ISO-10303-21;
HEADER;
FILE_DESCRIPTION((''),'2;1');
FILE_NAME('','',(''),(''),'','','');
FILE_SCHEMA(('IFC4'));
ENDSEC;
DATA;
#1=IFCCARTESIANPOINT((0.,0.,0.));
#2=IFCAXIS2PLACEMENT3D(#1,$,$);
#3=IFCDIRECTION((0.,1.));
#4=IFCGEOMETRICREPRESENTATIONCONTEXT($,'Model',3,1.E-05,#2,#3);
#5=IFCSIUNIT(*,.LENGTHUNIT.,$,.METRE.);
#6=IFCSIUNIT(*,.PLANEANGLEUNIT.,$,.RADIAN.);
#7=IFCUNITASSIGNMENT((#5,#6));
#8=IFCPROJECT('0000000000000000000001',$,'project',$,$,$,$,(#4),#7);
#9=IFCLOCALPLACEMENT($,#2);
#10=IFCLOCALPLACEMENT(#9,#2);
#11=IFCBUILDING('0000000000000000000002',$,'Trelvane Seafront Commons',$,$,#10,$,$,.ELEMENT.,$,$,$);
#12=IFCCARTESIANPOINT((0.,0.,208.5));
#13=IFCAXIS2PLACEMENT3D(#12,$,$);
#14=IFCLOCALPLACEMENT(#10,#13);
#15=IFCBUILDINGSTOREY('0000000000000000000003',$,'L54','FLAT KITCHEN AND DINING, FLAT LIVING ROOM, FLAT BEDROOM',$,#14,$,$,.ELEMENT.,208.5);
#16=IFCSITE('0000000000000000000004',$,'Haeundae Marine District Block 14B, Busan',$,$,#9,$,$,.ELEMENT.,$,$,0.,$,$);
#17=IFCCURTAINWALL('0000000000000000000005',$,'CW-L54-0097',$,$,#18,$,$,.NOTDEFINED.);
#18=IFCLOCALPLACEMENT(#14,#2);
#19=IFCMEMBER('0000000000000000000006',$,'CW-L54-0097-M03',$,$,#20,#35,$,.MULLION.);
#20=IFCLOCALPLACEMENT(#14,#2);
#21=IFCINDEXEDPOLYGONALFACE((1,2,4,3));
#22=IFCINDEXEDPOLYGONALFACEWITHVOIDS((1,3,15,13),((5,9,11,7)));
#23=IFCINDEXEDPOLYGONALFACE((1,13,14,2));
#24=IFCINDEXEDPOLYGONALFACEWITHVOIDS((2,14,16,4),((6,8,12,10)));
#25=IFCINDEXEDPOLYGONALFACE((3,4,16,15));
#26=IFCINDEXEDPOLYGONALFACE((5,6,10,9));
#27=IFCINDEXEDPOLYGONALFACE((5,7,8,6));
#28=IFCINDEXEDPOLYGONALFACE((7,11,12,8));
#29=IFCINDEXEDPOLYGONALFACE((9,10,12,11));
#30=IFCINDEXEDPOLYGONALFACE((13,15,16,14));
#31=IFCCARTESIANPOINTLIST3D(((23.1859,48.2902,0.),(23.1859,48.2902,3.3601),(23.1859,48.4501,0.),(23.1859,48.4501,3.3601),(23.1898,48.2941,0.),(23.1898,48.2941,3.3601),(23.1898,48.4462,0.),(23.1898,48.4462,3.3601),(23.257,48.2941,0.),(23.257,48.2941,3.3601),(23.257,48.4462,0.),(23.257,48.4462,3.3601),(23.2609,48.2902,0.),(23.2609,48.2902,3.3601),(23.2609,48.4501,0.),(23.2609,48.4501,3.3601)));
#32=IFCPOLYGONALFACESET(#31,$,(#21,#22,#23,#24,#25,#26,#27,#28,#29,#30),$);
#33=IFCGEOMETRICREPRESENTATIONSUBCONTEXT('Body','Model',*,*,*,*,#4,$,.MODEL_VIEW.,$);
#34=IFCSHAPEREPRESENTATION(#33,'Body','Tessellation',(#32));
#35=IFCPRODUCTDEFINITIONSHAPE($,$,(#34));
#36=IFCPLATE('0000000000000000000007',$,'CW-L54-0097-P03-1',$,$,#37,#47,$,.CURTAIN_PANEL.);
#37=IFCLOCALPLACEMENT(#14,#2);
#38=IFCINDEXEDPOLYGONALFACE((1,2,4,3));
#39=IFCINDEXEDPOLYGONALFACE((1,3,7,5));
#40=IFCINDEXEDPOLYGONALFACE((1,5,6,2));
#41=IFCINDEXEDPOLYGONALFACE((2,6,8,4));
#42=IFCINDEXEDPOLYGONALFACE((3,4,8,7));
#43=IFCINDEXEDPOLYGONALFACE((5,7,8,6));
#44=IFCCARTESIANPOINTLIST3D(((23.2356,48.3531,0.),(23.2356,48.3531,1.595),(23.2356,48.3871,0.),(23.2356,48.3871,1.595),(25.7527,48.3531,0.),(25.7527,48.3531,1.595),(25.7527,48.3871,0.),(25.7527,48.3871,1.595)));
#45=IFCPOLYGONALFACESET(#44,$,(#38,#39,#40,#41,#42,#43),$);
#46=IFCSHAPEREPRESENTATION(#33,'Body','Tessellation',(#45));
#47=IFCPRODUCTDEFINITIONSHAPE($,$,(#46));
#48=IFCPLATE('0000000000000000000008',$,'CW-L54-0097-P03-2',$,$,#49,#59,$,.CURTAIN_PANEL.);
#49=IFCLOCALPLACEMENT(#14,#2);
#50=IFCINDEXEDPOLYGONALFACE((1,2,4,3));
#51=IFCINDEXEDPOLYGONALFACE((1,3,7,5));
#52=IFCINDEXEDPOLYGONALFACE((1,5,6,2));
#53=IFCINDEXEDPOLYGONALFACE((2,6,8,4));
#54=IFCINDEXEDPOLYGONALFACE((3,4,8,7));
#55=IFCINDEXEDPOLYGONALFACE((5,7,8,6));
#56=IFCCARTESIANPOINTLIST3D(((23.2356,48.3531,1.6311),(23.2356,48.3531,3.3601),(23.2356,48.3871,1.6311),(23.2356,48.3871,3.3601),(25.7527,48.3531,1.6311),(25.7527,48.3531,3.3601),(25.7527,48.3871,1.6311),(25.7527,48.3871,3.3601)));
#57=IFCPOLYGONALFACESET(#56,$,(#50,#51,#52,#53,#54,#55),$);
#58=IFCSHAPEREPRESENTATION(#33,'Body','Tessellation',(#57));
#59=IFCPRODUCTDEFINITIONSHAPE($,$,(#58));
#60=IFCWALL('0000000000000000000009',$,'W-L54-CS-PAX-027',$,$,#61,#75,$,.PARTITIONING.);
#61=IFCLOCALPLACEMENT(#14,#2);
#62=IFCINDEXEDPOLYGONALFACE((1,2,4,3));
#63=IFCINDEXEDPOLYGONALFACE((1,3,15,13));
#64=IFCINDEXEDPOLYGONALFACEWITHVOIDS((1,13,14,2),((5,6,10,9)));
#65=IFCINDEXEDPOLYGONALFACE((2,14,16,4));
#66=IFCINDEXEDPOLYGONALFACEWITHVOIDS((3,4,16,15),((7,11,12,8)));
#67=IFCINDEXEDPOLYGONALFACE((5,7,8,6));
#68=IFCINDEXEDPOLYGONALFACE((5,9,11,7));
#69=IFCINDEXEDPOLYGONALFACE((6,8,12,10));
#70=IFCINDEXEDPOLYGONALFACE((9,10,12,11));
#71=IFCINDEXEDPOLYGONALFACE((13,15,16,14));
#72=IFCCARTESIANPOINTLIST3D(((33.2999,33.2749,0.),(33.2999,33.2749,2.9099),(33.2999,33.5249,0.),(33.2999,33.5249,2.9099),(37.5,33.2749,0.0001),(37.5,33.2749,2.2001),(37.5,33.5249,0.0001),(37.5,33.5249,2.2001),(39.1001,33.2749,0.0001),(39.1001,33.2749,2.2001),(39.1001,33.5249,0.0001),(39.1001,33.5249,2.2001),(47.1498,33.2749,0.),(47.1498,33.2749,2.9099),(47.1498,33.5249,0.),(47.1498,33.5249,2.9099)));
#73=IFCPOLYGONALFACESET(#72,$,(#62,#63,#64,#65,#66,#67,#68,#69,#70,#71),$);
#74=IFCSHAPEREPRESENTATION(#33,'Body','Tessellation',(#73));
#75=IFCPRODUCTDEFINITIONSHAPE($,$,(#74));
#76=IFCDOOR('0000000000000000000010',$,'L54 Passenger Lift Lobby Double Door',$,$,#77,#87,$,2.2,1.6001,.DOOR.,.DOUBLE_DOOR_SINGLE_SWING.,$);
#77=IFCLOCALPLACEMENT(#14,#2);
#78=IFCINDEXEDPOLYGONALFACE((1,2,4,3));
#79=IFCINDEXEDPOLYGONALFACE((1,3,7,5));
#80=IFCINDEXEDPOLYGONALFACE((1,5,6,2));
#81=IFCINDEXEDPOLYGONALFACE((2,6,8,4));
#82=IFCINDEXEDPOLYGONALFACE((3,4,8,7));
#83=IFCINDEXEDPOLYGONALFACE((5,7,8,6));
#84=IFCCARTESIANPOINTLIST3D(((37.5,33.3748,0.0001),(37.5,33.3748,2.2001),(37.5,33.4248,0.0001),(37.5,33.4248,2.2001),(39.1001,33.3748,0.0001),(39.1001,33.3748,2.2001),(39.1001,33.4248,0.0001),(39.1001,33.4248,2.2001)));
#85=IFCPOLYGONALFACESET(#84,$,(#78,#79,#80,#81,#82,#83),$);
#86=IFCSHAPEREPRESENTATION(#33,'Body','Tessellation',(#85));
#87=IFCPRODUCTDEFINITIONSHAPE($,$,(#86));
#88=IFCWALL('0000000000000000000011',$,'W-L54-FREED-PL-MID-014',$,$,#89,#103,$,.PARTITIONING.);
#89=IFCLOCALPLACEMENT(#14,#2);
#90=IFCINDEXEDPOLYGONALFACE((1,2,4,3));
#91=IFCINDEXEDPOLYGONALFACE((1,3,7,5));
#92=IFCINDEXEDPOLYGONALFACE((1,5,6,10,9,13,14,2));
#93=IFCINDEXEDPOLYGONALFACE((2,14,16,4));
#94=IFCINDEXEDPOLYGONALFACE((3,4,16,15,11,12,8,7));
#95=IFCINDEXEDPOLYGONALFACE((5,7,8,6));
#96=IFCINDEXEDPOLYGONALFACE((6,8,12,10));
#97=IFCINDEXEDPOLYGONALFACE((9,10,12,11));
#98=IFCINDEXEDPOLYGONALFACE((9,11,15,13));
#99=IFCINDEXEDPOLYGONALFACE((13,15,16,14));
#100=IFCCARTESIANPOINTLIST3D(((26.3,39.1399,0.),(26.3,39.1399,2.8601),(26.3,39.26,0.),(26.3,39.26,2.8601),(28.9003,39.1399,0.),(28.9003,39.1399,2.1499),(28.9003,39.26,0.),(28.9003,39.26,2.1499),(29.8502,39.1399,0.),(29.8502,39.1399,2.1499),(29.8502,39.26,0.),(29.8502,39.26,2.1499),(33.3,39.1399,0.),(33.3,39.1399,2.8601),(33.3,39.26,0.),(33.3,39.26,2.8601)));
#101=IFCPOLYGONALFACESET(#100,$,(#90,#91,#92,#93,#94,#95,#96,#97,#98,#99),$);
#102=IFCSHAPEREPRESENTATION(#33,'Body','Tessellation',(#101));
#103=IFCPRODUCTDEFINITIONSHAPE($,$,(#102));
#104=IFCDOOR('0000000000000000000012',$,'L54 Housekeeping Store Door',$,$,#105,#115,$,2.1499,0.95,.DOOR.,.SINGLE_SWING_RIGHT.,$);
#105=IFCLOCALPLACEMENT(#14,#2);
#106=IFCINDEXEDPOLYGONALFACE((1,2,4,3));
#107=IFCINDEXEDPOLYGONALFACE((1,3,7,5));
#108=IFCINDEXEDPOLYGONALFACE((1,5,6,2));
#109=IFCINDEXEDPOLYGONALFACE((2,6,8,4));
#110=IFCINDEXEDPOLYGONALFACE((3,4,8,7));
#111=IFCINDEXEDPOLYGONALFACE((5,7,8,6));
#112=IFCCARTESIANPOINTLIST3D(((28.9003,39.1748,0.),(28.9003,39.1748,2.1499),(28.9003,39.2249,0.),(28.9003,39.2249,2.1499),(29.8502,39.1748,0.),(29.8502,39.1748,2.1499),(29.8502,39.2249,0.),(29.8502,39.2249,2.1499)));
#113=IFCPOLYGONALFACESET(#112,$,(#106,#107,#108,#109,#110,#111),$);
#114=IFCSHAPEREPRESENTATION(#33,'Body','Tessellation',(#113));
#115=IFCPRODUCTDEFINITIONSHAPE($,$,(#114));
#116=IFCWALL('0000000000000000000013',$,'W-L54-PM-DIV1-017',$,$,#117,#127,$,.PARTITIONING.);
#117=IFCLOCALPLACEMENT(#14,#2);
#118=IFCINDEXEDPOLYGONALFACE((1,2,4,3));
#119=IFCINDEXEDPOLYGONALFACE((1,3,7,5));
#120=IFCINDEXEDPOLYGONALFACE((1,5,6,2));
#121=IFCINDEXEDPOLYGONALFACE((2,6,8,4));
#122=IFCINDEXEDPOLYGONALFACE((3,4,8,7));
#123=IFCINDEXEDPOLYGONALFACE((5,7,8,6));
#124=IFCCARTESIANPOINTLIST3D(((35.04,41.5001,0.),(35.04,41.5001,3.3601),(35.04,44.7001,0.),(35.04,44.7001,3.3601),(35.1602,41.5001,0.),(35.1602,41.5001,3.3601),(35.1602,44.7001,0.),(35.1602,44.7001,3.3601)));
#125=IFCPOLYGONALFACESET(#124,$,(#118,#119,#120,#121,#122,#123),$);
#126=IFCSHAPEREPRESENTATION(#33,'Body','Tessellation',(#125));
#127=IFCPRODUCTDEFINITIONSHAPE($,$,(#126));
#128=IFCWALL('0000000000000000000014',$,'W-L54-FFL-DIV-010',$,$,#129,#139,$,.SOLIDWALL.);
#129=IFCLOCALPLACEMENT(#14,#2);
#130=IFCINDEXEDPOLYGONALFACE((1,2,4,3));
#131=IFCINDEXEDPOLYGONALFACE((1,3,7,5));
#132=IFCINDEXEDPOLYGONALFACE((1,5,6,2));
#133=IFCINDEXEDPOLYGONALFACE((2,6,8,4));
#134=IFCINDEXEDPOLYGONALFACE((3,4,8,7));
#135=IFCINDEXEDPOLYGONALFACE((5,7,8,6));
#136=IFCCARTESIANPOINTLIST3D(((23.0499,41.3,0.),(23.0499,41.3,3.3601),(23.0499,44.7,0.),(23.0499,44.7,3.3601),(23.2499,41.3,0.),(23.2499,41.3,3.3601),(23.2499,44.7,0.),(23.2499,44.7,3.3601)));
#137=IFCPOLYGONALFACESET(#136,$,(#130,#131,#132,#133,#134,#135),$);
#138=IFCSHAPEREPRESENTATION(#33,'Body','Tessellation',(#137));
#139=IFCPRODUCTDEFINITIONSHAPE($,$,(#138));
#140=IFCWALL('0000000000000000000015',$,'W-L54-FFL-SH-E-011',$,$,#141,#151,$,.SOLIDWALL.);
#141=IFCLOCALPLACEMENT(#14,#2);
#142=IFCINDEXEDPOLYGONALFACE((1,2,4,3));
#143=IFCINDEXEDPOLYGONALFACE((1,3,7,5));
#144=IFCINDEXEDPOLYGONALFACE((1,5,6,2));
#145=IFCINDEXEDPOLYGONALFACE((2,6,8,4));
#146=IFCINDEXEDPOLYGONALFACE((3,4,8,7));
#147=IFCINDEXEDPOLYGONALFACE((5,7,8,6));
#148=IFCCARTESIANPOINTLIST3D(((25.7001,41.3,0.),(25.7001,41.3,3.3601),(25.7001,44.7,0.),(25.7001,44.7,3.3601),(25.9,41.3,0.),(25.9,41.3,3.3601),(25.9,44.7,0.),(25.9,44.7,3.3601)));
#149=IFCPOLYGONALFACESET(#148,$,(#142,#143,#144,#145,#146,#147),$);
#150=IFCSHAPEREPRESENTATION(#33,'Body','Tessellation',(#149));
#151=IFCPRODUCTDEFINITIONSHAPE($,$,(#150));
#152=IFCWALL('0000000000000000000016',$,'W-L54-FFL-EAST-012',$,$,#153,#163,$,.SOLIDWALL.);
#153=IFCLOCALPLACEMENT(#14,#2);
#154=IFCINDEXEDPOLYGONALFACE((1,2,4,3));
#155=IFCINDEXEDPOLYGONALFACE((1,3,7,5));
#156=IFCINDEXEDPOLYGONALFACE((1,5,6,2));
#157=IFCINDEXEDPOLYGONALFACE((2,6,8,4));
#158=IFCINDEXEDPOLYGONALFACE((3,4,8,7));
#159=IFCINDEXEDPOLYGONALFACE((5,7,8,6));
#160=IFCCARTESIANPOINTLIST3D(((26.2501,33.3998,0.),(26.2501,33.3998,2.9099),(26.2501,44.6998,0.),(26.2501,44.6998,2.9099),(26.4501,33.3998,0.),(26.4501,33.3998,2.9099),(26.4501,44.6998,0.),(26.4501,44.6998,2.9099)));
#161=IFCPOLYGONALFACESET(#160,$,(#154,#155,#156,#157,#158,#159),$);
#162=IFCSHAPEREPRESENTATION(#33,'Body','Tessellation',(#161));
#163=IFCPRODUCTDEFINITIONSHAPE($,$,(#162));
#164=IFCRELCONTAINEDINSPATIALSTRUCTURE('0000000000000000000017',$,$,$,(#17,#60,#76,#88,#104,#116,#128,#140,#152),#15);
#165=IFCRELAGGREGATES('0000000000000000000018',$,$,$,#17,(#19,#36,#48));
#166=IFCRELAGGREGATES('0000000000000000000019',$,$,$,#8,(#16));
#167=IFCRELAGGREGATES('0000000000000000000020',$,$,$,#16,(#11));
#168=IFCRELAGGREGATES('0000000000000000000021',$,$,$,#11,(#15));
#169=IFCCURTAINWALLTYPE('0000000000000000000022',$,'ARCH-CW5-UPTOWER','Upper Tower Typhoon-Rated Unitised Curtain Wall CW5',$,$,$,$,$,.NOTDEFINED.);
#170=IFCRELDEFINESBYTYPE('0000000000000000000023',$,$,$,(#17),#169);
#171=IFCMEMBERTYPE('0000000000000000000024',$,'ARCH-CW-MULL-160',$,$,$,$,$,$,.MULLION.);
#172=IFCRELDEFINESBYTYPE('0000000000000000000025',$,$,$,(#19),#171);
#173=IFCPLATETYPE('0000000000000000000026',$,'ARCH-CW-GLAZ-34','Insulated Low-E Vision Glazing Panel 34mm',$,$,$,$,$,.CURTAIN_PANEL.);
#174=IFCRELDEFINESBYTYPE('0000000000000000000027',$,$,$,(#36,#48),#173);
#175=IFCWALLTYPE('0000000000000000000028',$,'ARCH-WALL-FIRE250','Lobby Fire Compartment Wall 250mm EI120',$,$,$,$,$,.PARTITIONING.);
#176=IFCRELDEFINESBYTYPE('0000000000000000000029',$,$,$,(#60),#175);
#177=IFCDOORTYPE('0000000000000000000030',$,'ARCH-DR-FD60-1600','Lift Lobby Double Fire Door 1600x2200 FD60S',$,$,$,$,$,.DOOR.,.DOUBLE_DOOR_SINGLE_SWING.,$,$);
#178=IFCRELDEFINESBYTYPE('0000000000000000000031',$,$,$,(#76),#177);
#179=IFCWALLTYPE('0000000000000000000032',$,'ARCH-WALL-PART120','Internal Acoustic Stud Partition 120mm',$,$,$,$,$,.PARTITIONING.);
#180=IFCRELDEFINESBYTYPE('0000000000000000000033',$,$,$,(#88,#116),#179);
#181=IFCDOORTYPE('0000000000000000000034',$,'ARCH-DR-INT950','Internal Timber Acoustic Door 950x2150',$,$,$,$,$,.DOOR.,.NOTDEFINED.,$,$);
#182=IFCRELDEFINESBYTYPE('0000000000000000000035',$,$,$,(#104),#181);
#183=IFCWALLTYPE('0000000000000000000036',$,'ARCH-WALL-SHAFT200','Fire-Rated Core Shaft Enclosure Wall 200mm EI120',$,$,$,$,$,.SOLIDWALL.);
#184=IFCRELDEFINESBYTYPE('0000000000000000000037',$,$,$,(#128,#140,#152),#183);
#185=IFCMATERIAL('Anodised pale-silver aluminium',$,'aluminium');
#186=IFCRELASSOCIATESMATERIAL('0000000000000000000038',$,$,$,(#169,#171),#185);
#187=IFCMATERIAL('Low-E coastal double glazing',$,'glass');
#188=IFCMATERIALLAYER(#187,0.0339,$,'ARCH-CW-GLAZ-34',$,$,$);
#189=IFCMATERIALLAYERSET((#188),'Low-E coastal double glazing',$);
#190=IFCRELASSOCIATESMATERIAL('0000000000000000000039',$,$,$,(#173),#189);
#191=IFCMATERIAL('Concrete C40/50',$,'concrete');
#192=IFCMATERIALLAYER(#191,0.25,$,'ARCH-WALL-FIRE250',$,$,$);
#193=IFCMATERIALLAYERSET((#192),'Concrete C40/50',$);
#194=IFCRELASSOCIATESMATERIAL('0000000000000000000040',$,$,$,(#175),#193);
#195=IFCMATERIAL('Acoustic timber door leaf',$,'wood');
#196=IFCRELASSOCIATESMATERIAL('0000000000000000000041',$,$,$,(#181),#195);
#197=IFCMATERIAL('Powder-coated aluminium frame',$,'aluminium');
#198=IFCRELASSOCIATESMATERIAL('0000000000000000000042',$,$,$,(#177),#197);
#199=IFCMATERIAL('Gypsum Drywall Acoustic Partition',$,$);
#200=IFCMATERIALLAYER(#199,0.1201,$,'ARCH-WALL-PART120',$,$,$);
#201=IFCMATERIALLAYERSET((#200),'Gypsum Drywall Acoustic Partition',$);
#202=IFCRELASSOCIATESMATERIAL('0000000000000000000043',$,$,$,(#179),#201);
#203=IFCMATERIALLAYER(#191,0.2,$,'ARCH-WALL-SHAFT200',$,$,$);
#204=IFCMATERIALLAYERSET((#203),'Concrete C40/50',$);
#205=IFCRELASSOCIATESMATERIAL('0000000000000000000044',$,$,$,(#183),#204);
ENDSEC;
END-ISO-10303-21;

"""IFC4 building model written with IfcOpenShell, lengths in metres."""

from ifc_helpers import new_model, si_unit, direction, frame, frame_2d, origin, origin_2d, place, context, subcontext, project, spatial, rectangle, hollow_rectangle, extrude, source, transform, mapped, material, layer, layer_set, material_profile, profile_set, type_object, element, fill, aggregate, save


model = new_model("IFC4")

# Units and contexts
model_context = context("Model", 3, precision=1e-05, world=origin(), true_north=direction((0.0, 1.0)))
body_context = subcontext(model_context, "Body", "Model", "MODEL_VIEW")
ifc_project = project(units=[si_unit("LENGTHUNIT", "METRE"), si_unit("PLANEANGLEUNIT", "RADIAN")], contexts=[model_context])

# Site, building, storey
site_placement = place(None, origin())
site = spatial("IfcSite", under=ifc_project, at=site_placement, Name="Haeundae Marine District Block 14B, Busan", CompositionType="ELEMENT", RefElevation=0.0)
building_placement = place(site_placement, origin())
building = spatial("IfcBuilding", under=site, at=building_placement, Name="Trelvane Seafront Commons", CompositionType="ELEMENT")
storey_placement = place(building_placement, frame((0.0, 0.0, 208.5)))
storey = spatial("IfcBuildingStorey", under=building, at=storey_placement, Name="L54", Description="FLAT KITCHEN AND DINING, FLAT LIVING ROOM, FLAT BEDROOM", CompositionType="ELEMENT", Elevation=208.5)

# Curtain wall, member, plates
ifc_material_1 = material(Name="Anodised pale-silver aluminium", Category="aluminium")
curtain_wall_type = type_object("IfcCurtainWallType", Name="ARCH-CW5-UPTOWER", Description="Upper Tower Typhoon-Rated Unitised Curtain Wall CW5", PredefinedType="NOTDEFINED", material=ifc_material_1)
curtain_wall_placement = place(storey_placement, origin())
curtain_wall = element("IfcCurtainWall", 1, at=curtain_wall_placement, inside=storey, type_object=curtain_wall_type, Name="CW-L54-0097", PredefinedType="NOTDEFINED")
ifc_material_profile_1 = material_profile(ifc_material_1, hollow_rectangle(XDim=0.075, YDim=0.1599, WallThickness=0.0039, at=origin_2d()), Name="MULL-75x160x4")
ifc_profile_set_1 = profile_set([ifc_material_profile_1], Name="Anodised pale-silver aluminium")
member_type_1 = type_object("IfcMemberType", Name="ARCH-CW-MULL-160", PredefinedType="MULLION", material=ifc_profile_set_1)
shared_shape_1 = source(origin(), body_context, "Body", "SweptSolid", [
    extrude(hollow_rectangle(XDim=0.075, YDim=0.1599, WallThickness=0.0039, at=origin_2d()), origin(), (0.0, 0.0, 1.0), 3.3601),
])
member_1_placement = place(storey_placement, frame((23.2234, 48.3701, 0.0), z_axis=(0.0, 0.0, 1.0), x_axis=(1.0, 0.0, 0.0)))
member_1 = element("IfcMember", 2, at=member_1_placement, type_object=member_type_1, Name="CW-L54-0097-M03", PredefinedType="MULLION", context=body_context, shape_type="MappedRepresentation", body=[
    mapped(shared_shape_1, transform((0.0, 0.0, 0.0), x_axis=(1.0, 0.0, 0.0), y_axis=(0.0, 1.0, 0.0), z_axis=(0.0, 0.0, 1.0), scale=1.0)),
])
ifc_material_2 = material(Name="Low-E coastal double glazing", Category="glass")
ifc_layer_1 = layer(ifc_material_2, 0.0339, Name="ARCH-CW-GLAZ-34")
ifc_layer_set_1 = layer_set([ifc_layer_1], Name="Low-E coastal double glazing")
plate_type = type_object("IfcPlateType", Name="ARCH-CW-GLAZ-34", Description="Insulated Low-E Vision Glazing Panel 34mm", PredefinedType="CURTAIN_PANEL", material=ifc_layer_set_1)
shared_shape_2 = source(origin(), body_context, "Body", "SweptSolid", [
    extrude(rectangle(XDim=2.5171, YDim=0.0339, at=origin_2d()), origin(), (0.0, 0.0, 1.0), 1.595),
])
plate_1_placement = place(storey_placement, frame((24.4941, 48.3701, 0.0), z_axis=(0.0, 0.0, 1.0), x_axis=(1.0, 0.0, 0.0)))
plate_1 = element("IfcPlate", 3, at=plate_1_placement, type_object=plate_type, Name="CW-L54-0097-P03-1", PredefinedType="CURTAIN_PANEL", context=body_context, shape_type="MappedRepresentation", body=[
    mapped(shared_shape_2, transform((0.0, 0.0, 0.0), x_axis=(1.0, 0.0, 0.0), y_axis=(0.0, 1.0, 0.0), z_axis=(0.0, 0.0, 1.0), scale=1.0)),
])
shared_shape_3 = source(origin(), body_context, "Body", "SweptSolid", [
    extrude(rectangle(XDim=2.5171, YDim=0.0339, at=origin_2d()), origin(), (0.0, 0.0, 1.0), 1.729),
])
plate_2_placement = place(storey_placement, frame((24.4941, 48.3701, 1.6311), z_axis=(0.0, 0.0, 1.0), x_axis=(1.0, 0.0, 0.0)))
plate_2 = element("IfcPlate", 4, at=plate_2_placement, type_object=plate_type, Name="CW-L54-0097-P03-2", PredefinedType="CURTAIN_PANEL", context=body_context, shape_type="MappedRepresentation", body=[
    mapped(shared_shape_3, transform((0.0, 0.0, 0.0), x_axis=(1.0, 0.0, 0.0), y_axis=(0.0, 1.0, 0.0), z_axis=(0.0, 0.0, 1.0), scale=1.0)),
])
aggregate(curtain_wall, [member_1, plate_1, plate_2])

# Walls, openings, doors
ifc_material_3 = material(Name="Concrete C40/50", Category="concrete")
ifc_layer_2 = layer(ifc_material_3, 0.25, Name="ARCH-WALL-FIRE250")
ifc_layer_set_2 = layer_set([ifc_layer_2], Name="Concrete C40/50")
wall_type_1 = type_object("IfcWallType", Name="ARCH-WALL-FIRE250", Description="Lobby Fire Compartment Wall 250mm EI120", PredefinedType="PARTITIONING", material=ifc_layer_set_2)
ifc_material_4 = material(Name="Acoustic timber door leaf", Category="wood")
door_type_1 = type_object("IfcDoorType", Name="ARCH-DR-INT950", Description="Internal Timber Acoustic Door 950x2150", OperationType="NOTDEFINED", PredefinedType="DOOR", material=ifc_material_4)
shared_shape_4 = source(origin(), body_context, "Body", "SweptSolid", [
    extrude(rectangle(XDim=0.95, YDim=2.1499, at=frame_2d((0.4751, 1.075))), frame((0.0, 0.0249, 0.0), z_axis=(0.0, -1.0, 0.0), x_axis=(1.0, 0.0, 0.0)), (0.0, 0.0, 1.0), 0.05),
])
wall_1_placement = place(storey_placement, frame((33.3, 33.3999, 0.0), z_axis=(0.0, 0.0, 1.0), x_axis=(1.0, 0.0, 0.0)))
wall_1 = element("IfcWall", 5, at=wall_1_placement, inside=storey, type_object=wall_type_1, Name="W-L54-CS-PAX-027", PredefinedType="PARTITIONING", context=body_context, shape_type="SweptSolid", body=[
    extrude(rectangle(XDim=13.8499, YDim=0.25, at=frame_2d((6.9248, 0.0))), origin(), (0.0, 0.0, 1.0), 2.9099),
])
opening_1_placement = place(wall_1_placement, frame((4.2, 0.0, 0.0)))
opening_1 = element("IfcOpeningElement", 6, at=opening_1_placement, cuts=wall_1, PredefinedType="OPENING", context=body_context, shape_type="SweptSolid", body=[
    extrude(rectangle(XDim=1.6001, YDim=2.2, at=frame_2d((0.8, 1.1001))), frame((0.0, 0.135, 0.0), z_axis=(0.0, -1.0, 0.0), x_axis=(1.0, 0.0, 0.0)), (0.0, 0.0, 1.0), 0.27),
])
ifc_material_5 = material(Name="Powder-coated aluminium frame", Category="aluminium")
door_type_2 = type_object("IfcDoorType", Name="ARCH-DR-FD60-1600", Description="Lift Lobby Double Fire Door 1600x2200 FD60S", OperationType="DOUBLE_DOOR_SINGLE_SWING", PredefinedType="DOOR", material=ifc_material_5)
shared_shape_5 = source(origin(), body_context, "Body", "SweptSolid", [
    extrude(rectangle(XDim=1.6001, YDim=2.2, at=frame_2d((0.8, 1.1001))), frame((0.0, 0.0249, 0.0), z_axis=(0.0, -1.0, 0.0), x_axis=(1.0, 0.0, 0.0)), (0.0, 0.0, 1.0), 0.05),
])
door_1_placement = place(opening_1_placement, origin())
door_1 = element("IfcDoor", 7, at=door_1_placement, inside=storey, type_object=door_type_2, Name="L54 Passenger Lift Lobby Double Door", OperationType="DOUBLE_DOOR_SINGLE_SWING", OverallHeight=2.2, OverallWidth=1.6001, PredefinedType="DOOR", context=body_context, shape_type="MappedRepresentation", body=[
    mapped(shared_shape_5, transform((0.0, 0.0, 0.0), x_axis=(1.0, 0.0, 0.0), y_axis=(0.0, 1.0, 0.0), z_axis=(0.0, 0.0, 1.0), scale=1.0)),
])
fill(opening_1, door_1)
ifc_material_6 = material(Name="Gypsum Drywall Acoustic Partition")
ifc_layer_3 = layer(ifc_material_6, 0.1201, Name="ARCH-WALL-PART120")
ifc_layer_set_3 = layer_set([ifc_layer_3], Name="Gypsum Drywall Acoustic Partition")
wall_type_2 = type_object("IfcWallType", Name="ARCH-WALL-PART120", Description="Internal Acoustic Stud Partition 120mm", PredefinedType="PARTITIONING", material=ifc_layer_set_3)
wall_2_placement = place(storey_placement, frame((26.3, 39.2, 0.0), z_axis=(0.0, 0.0, 1.0), x_axis=(1.0, 0.0, 0.0)))
wall_2 = element("IfcWall", 8, at=wall_2_placement, inside=storey, type_object=wall_type_2, Name="W-L54-FREED-PL-MID-014", PredefinedType="PARTITIONING", context=body_context, shape_type="SweptSolid", body=[
    extrude(rectangle(XDim=7.0, YDim=0.1201, at=frame_2d((3.5, 0.0))), origin(), (0.0, 0.0, 1.0), 2.8601),
])
opening_2_placement = place(wall_2_placement, frame((2.6001, 0.0, 0.0)))
opening_2 = element("IfcOpeningElement", 9, at=opening_2_placement, cuts=wall_2, PredefinedType="OPENING", context=body_context, shape_type="SweptSolid", body=[
    extrude(rectangle(XDim=0.95, YDim=2.1499, at=frame_2d((0.4751, 1.075))), frame((0.0, 0.0701, 0.0), z_axis=(0.0, -1.0, 0.0), x_axis=(1.0, 0.0, 0.0)), (0.0, 0.0, 1.0), 0.1401),
])
door_2_placement = place(opening_2_placement, origin())
door_2 = element("IfcDoor", 10, at=door_2_placement, inside=storey, type_object=door_type_1, Name="L54 Housekeeping Store Door", OperationType="SINGLE_SWING_RIGHT", OverallHeight=2.1499, OverallWidth=0.95, PredefinedType="DOOR", context=body_context, shape_type="MappedRepresentation", body=[
    mapped(shared_shape_4, transform((0.0, 0.0, 0.0), x_axis=(1.0, 0.0, 0.0), y_axis=(0.0, 1.0, 0.0), z_axis=(0.0, 0.0, 1.0), scale=1.0)),
])
fill(opening_2, door_2)

# Walls
wall_3_placement = place(storey_placement, frame((35.1001, 41.5, 0.0), z_axis=(0.0, 0.0, 1.0), x_axis=(0.0, 1.0, 0.0)))
element("IfcWall", 11, at=wall_3_placement, inside=storey, type_object=wall_type_2, Name="W-L54-PM-DIV1-017", PredefinedType="PARTITIONING", context=body_context, shape_type="SweptSolid", body=[
    extrude(rectangle(XDim=3.2, YDim=0.1201, at=frame_2d((1.6001, 0.0))), origin(), (0.0, 0.0, 1.0), 3.3601),
])
ifc_layer_4 = layer(ifc_material_3, 0.2, Name="ARCH-WALL-SHAFT200")
ifc_layer_set_4 = layer_set([ifc_layer_4], Name="Concrete C40/50")
wall_type_3 = type_object("IfcWallType", Name="ARCH-WALL-SHAFT200", Description="Fire-Rated Core Shaft Enclosure Wall 200mm EI120", PredefinedType="SOLIDWALL", material=ifc_layer_set_4)
for number, where, z_axis, x_axis, name in (
    (12, (23.1499, 41.3, 0.0), (0.0, 0.0, 1.0), (0.0, 1.0, 0.0), "W-L54-FFL-DIV-010"),
    (13, (25.8, 41.3, 0.0), (0.0, 0.0, 1.0), (0.0, 1.0, 0.0), "W-L54-FFL-SH-E-011"),
):
    element("IfcWall", number, at=place(storey_placement, frame(where, z_axis=z_axis, x_axis=x_axis)), inside=storey, type_object=wall_type_3, Name=name, PredefinedType="SOLIDWALL", context=body_context, shape_type="SweptSolid", body=[
        extrude(rectangle(XDim=3.3999, YDim=0.2, at=frame_2d((1.7, 0.0))), origin(), (0.0, 0.0, 1.0), 3.3601),
    ])
for number, where, z_axis, x_axis, name in (
    (14, (26.3501, 33.3999, 0.0), (0.0, 0.0, 1.0), (0.0, 1.0, 0.0), "W-L54-FFL-EAST-012"),
):
    element("IfcWall", number, at=place(storey_placement, frame(where, z_axis=z_axis, x_axis=x_axis)), inside=storey, type_object=wall_type_3, Name=name, PredefinedType="SOLIDWALL", context=body_context, shape_type="SweptSolid", body=[
        extrude(rectangle(XDim=11.3, YDim=0.2, at=frame_2d((5.6499, 0.0))), origin(), (0.0, 0.0, 1.0), 2.9099),
    ])

save(model, "model.ifc")
